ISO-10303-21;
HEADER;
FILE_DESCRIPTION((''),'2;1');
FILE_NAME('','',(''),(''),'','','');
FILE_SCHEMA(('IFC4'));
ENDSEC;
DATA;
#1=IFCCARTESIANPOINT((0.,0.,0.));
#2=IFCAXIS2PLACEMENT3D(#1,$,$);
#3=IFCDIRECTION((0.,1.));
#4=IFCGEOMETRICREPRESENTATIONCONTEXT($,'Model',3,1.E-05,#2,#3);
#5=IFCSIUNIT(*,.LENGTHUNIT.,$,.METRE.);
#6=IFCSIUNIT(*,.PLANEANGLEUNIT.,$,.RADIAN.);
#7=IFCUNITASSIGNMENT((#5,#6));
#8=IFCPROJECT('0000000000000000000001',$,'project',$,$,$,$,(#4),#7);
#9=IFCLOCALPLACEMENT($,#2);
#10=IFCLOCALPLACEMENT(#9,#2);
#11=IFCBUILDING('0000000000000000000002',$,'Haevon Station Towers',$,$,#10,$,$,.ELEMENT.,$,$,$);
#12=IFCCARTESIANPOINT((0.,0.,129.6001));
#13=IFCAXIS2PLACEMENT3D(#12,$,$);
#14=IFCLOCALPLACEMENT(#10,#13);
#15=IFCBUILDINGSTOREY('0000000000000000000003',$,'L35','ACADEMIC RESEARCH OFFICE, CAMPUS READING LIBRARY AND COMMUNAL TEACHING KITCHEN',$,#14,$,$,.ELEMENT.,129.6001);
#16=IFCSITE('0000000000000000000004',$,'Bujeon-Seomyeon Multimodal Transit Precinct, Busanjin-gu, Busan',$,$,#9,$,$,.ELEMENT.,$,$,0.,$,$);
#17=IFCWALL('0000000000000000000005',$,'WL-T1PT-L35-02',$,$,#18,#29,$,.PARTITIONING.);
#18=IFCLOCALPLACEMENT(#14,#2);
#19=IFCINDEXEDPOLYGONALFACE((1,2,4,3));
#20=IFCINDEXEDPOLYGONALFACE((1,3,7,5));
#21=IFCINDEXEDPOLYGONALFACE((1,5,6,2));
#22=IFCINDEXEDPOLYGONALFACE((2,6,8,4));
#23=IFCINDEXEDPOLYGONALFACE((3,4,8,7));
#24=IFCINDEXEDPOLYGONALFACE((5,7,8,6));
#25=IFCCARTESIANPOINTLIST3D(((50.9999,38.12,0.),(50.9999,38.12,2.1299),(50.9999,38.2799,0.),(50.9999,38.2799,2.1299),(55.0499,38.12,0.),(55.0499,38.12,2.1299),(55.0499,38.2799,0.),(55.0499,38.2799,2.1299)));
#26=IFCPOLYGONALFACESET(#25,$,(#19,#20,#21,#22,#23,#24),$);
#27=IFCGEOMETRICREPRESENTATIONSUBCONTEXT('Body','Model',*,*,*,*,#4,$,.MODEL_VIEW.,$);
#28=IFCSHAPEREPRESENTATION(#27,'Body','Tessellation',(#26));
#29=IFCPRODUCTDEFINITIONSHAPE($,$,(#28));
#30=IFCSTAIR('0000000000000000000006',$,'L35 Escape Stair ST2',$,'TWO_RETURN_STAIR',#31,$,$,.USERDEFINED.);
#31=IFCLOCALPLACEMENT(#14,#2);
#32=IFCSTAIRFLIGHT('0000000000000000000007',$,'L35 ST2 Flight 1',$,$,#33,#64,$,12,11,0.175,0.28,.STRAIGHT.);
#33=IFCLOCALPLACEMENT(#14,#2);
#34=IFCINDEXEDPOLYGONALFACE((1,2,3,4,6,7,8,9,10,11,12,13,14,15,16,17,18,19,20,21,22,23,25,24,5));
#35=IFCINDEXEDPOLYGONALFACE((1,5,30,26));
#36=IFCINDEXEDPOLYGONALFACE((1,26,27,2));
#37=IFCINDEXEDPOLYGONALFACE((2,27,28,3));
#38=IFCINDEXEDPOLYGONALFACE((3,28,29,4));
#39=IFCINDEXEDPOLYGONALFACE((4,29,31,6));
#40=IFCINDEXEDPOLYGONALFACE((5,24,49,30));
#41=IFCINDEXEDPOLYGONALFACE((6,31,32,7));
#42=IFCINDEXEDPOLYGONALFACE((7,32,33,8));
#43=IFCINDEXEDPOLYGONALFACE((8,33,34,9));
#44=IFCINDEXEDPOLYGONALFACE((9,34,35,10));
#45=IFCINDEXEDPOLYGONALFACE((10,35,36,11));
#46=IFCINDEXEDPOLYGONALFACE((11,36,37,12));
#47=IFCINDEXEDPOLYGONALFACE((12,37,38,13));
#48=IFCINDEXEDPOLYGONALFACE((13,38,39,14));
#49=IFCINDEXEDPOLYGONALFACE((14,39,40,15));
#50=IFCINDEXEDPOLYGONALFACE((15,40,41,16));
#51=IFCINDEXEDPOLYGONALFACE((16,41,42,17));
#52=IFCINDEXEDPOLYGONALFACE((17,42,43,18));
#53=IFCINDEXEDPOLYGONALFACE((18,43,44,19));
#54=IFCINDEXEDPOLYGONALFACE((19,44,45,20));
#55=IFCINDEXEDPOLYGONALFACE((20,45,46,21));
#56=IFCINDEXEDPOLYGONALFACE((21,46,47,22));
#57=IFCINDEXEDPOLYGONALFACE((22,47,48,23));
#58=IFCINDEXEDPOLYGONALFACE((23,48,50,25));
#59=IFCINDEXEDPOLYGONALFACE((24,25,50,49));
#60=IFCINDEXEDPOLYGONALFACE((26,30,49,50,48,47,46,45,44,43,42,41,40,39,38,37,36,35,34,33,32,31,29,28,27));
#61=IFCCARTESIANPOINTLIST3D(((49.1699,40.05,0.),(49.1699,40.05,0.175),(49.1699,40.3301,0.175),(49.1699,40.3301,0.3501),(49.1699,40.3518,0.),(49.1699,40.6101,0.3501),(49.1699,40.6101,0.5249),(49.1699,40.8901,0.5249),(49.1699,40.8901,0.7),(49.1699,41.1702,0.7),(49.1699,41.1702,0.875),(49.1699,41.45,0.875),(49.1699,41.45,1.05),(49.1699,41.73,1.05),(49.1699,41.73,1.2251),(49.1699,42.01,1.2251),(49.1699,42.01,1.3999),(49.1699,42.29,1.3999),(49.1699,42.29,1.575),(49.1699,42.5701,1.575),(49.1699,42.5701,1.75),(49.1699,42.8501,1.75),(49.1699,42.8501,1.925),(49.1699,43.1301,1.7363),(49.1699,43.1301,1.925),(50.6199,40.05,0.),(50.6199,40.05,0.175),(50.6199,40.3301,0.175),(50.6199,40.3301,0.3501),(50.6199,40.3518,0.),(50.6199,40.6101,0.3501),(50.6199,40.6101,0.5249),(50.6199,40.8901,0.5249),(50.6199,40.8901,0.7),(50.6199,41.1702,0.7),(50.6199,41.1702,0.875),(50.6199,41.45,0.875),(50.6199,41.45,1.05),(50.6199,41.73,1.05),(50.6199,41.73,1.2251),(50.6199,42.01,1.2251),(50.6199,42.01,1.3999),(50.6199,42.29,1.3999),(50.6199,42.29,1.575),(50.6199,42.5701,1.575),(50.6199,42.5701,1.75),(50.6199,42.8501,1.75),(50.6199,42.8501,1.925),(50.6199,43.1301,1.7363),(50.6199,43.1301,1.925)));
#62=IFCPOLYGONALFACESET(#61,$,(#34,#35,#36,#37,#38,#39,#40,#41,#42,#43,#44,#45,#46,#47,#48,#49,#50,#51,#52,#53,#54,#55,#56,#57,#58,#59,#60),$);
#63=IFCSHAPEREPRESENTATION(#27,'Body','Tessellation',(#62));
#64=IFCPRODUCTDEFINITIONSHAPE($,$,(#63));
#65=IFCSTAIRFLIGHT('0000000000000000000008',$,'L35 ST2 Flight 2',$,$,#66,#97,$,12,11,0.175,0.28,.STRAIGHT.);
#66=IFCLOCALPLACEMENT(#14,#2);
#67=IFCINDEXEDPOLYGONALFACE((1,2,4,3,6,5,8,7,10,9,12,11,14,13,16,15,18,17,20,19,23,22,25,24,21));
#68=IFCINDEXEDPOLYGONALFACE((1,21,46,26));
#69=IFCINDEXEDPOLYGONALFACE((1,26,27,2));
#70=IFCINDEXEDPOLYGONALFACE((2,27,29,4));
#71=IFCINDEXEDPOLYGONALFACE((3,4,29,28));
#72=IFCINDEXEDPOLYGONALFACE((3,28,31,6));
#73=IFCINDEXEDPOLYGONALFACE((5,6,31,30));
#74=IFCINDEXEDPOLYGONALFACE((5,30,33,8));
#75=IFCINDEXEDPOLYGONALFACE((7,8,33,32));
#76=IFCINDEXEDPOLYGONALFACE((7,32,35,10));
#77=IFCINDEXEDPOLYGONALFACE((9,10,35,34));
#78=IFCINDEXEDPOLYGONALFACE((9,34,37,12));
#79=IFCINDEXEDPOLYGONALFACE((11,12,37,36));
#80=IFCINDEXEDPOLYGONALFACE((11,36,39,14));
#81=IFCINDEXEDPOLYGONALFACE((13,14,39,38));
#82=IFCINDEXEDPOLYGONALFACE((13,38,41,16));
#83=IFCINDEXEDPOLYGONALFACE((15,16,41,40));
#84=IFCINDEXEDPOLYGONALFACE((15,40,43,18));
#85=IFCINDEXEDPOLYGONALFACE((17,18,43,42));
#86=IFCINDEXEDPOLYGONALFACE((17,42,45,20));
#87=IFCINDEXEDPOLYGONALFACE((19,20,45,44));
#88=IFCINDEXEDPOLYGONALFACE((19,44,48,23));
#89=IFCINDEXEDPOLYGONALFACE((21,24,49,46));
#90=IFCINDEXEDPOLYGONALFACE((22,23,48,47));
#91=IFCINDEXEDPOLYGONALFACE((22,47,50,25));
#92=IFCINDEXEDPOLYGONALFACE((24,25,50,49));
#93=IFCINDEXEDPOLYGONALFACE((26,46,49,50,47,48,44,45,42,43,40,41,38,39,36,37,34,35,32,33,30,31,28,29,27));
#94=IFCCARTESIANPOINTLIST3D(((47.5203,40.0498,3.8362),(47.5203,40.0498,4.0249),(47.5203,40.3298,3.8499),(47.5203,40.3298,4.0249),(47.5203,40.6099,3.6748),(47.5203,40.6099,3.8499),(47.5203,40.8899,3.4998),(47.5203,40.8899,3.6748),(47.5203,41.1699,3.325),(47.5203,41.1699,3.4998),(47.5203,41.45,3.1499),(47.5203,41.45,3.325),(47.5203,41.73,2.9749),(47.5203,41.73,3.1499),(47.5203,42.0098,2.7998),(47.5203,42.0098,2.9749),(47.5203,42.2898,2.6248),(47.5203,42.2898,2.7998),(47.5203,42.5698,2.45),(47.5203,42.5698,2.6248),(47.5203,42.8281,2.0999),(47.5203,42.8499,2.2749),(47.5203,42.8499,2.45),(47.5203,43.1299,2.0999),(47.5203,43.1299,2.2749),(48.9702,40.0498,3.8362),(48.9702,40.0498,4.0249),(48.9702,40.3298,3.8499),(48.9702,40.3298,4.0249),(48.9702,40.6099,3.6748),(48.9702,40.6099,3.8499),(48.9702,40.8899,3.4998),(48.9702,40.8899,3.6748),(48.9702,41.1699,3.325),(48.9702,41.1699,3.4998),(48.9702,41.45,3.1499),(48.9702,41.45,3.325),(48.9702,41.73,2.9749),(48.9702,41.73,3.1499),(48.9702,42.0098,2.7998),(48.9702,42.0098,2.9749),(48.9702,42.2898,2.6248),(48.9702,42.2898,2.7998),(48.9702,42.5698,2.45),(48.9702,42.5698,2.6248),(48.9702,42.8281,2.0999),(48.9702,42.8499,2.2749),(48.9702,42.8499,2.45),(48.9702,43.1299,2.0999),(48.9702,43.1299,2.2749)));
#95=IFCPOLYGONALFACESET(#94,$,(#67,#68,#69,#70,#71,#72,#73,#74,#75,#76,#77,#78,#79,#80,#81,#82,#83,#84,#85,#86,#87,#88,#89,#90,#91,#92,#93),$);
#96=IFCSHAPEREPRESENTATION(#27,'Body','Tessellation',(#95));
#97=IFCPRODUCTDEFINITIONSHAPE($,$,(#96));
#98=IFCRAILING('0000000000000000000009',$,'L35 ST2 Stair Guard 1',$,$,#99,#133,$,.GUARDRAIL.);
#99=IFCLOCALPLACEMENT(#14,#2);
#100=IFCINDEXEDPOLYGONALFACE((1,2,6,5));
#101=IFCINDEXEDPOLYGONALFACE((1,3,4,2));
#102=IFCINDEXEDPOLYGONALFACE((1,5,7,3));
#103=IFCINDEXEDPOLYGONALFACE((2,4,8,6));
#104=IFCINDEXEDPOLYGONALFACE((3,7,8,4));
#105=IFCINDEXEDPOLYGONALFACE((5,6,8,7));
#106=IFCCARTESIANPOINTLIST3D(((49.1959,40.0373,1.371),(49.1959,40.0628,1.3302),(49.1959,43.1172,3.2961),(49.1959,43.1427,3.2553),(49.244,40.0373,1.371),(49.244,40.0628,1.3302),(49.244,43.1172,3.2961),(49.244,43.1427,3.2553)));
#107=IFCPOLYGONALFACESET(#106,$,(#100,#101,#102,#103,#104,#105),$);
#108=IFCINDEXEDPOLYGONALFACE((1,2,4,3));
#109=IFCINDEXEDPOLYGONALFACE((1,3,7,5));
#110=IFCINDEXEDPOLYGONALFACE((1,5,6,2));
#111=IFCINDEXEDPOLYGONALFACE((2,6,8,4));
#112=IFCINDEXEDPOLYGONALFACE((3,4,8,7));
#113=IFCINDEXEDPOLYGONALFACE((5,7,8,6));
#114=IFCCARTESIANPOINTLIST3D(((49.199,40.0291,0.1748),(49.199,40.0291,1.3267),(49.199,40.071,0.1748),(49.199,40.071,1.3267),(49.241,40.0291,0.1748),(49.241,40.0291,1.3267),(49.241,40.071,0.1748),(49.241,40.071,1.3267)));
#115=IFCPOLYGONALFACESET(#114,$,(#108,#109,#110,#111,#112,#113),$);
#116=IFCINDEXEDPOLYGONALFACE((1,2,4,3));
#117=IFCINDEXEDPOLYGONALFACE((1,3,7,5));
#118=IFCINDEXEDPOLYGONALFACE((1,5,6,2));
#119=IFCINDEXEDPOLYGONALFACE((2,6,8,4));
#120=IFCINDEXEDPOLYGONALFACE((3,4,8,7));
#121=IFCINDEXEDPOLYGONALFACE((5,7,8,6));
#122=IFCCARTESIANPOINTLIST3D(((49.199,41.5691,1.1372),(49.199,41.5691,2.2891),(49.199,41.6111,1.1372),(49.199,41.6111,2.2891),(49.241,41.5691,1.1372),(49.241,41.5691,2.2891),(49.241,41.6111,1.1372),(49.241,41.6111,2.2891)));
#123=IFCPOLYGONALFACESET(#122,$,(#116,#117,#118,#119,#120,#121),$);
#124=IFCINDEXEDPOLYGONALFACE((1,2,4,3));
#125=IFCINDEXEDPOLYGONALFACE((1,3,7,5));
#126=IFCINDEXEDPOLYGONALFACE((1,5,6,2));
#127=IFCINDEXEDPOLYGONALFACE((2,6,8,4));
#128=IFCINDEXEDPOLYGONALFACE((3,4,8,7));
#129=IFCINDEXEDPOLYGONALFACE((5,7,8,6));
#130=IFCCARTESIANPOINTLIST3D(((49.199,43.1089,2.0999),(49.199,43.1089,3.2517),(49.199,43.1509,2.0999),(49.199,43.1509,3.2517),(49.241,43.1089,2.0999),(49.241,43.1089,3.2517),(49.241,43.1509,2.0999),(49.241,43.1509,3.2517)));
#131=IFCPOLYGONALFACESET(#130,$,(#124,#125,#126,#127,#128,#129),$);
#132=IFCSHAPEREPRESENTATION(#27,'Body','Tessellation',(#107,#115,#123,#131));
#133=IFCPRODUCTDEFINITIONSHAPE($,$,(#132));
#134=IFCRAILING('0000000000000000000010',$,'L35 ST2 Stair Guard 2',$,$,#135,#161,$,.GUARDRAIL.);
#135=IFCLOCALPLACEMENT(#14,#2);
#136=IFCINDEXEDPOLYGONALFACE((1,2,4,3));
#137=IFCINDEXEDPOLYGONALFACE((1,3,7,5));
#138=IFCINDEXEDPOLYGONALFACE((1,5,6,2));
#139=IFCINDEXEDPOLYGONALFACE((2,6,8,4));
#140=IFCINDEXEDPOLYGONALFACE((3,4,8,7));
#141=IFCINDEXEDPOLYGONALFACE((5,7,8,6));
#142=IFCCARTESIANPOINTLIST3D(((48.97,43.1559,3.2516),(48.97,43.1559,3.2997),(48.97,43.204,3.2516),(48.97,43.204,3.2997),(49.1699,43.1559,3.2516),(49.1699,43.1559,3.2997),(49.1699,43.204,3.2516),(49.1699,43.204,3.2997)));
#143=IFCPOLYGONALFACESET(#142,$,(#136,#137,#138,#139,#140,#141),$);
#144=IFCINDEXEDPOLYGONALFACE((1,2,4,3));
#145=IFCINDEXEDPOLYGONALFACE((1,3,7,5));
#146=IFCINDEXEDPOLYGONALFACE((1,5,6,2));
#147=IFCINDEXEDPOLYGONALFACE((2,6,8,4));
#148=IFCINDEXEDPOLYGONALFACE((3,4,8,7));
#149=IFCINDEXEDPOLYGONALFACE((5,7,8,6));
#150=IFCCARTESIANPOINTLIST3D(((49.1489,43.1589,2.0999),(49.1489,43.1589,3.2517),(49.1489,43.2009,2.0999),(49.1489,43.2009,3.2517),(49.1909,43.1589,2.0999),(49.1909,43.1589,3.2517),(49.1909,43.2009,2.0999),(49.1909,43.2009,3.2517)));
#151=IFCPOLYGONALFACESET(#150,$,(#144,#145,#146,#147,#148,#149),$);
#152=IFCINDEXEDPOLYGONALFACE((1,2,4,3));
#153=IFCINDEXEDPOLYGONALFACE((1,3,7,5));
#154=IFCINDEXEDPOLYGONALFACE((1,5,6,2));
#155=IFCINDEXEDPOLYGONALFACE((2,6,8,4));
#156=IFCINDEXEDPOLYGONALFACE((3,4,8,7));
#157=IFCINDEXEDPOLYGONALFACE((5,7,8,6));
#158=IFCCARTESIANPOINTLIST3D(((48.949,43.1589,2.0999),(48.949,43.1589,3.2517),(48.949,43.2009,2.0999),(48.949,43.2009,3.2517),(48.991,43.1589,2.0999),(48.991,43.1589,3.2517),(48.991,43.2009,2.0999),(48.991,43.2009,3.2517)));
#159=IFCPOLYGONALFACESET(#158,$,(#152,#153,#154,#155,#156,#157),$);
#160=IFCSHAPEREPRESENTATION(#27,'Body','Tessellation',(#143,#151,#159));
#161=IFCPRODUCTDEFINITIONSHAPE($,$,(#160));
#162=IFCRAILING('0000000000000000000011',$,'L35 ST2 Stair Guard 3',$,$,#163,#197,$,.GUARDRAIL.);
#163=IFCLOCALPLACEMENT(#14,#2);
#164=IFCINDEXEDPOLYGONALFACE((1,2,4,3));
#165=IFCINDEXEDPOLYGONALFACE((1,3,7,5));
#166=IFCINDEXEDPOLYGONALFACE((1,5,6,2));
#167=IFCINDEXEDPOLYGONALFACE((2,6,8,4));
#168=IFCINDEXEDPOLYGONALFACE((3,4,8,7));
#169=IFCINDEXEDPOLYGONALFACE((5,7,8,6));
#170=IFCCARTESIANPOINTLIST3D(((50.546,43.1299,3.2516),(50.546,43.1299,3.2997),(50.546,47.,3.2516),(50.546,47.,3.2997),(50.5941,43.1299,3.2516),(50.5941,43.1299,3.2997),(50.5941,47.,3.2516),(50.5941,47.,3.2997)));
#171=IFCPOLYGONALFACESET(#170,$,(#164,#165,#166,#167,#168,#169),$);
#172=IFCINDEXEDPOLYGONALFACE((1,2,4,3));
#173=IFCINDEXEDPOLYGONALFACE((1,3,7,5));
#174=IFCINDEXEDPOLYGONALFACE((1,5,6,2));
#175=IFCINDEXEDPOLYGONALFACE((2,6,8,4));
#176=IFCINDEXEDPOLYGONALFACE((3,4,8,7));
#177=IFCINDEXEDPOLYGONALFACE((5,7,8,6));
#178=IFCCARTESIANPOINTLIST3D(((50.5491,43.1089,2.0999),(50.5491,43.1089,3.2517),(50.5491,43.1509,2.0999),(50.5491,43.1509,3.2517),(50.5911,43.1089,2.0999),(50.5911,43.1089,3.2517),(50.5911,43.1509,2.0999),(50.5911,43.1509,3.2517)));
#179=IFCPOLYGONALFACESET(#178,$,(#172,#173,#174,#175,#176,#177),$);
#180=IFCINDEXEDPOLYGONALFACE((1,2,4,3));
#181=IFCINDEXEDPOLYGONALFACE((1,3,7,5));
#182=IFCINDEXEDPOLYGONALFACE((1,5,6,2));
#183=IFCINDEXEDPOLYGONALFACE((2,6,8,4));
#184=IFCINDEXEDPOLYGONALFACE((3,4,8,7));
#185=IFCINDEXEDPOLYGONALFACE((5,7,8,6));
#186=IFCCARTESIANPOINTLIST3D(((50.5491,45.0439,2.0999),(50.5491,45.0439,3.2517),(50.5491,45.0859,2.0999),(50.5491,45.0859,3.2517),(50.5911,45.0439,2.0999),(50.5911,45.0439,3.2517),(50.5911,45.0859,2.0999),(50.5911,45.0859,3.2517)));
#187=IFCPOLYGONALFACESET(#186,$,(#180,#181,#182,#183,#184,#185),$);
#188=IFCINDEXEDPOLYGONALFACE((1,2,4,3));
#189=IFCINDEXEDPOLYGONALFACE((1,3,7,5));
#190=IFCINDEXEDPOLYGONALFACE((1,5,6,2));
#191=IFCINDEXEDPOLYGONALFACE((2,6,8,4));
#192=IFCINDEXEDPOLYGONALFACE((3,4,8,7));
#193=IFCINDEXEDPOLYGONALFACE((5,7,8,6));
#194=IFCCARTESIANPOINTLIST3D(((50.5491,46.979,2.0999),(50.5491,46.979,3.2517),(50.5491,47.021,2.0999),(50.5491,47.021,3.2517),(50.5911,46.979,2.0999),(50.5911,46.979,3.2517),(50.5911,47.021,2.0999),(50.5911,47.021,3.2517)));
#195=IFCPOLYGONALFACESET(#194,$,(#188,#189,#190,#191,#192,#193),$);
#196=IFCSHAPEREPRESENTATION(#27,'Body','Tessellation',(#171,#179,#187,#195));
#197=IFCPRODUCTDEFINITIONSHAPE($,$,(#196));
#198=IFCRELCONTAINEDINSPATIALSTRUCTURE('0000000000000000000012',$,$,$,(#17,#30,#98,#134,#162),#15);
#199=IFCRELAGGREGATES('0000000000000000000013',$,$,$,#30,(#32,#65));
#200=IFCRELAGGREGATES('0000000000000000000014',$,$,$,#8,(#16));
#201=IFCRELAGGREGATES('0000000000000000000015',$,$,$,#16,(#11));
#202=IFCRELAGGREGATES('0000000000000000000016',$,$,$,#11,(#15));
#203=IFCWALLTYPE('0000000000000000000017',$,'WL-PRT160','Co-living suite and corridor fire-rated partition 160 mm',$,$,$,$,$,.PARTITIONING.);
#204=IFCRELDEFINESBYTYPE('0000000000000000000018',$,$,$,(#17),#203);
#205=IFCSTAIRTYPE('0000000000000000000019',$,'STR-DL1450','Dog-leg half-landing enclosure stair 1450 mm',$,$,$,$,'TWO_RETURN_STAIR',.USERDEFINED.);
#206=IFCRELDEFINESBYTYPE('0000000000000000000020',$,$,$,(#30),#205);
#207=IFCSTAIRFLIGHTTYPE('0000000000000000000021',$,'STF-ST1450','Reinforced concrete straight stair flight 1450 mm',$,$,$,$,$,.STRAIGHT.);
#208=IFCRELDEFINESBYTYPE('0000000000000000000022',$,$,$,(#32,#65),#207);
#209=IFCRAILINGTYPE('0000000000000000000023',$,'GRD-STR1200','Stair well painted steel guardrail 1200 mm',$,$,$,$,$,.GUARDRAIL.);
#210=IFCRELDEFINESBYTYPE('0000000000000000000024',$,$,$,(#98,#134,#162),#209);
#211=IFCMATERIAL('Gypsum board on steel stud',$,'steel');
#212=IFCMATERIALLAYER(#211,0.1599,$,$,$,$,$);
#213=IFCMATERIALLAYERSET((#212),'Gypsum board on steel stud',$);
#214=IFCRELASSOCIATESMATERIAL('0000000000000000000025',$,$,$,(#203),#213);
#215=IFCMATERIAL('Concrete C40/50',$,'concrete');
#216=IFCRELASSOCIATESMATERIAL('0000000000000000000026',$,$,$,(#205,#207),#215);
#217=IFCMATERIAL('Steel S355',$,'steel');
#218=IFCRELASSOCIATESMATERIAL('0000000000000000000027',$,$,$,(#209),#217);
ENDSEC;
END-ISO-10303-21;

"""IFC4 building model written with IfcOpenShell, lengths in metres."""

from ifc_helpers import new_model, si_unit, direction, frame, frame_2d, origin, origin_2d, place, context, subcontext, project, spatial, polyline, rectangle, outline, extrude, material, layer, layer_set, type_object, element, aggregate, save


model = new_model("IFC4")

# Units and contexts
model_context = context("Model", 3, precision=1e-05, world=origin(), true_north=direction((0.0, 1.0)))
body_context = subcontext(model_context, "Body", "Model", "MODEL_VIEW")
ifc_project = project(units=[si_unit("LENGTHUNIT", "METRE"), si_unit("PLANEANGLEUNIT", "RADIAN")], contexts=[model_context])

# Site, building, storey
site_placement = place(None, origin())
site = spatial("IfcSite", under=ifc_project, at=site_placement, Name="Bujeon-Seomyeon Multimodal Transit Precinct, Busanjin-gu, Busan", CompositionType="ELEMENT", RefElevation=0.0)
building_placement = place(site_placement, origin())
building = spatial("IfcBuilding", under=site, at=building_placement, Name="Haevon Station Towers", CompositionType="ELEMENT")
storey_placement = place(building_placement, frame((0.0, 0.0, 129.6001)))
storey = spatial("IfcBuildingStorey", under=building, at=storey_placement, Name="L35", Description="ACADEMIC RESEARCH OFFICE, CAMPUS READING LIBRARY AND COMMUNAL TEACHING KITCHEN", CompositionType="ELEMENT", Elevation=129.6001)

# Shared definitions
ifc_material_1 = material(Name="Steel S355", Category="steel")

# Wall
ifc_material_2 = material(Name="Gypsum board on steel stud", Category="steel")
ifc_layer = layer(ifc_material_2, 0.1599)
ifc_layer_set = layer_set([ifc_layer], Name="Gypsum board on steel stud")
wall_type = type_object("IfcWallType", Name="WL-PRT160", Description="Co-living suite and corridor fire-rated partition 160 mm", PredefinedType="PARTITIONING", material=ifc_layer_set)
wall_placement = place(storey_placement, frame((51.0, 38.2, 0.0), z_axis=(0.0, 0.0, 1.0), x_axis=(1.0, 0.0, 0.0)))
element("IfcWall", 1, at=wall_placement, inside=storey, type_object=wall_type, Name="WL-T1PT-L35-02", PredefinedType="PARTITIONING", context=body_context, shape_type="SweptSolid", body=[
    extrude(rectangle(XDim=4.05, YDim=0.1599, at=frame_2d((2.0249, 0.0))), origin(), (0.0, 0.0, 1.0), 2.1299),
])

# Stair, stair flights
ifc_material_3 = material(Name="Concrete C40/50", Category="concrete")
stair_type = type_object("IfcStairType", Name="STR-DL1450", Description="Dog-leg half-landing enclosure stair 1450 mm", ElementType="TWO_RETURN_STAIR", PredefinedType="USERDEFINED", material=ifc_material_3)
stair_placement = place(storey_placement, origin())
stair = element("IfcStair", 2, at=stair_placement, inside=storey, type_object=stair_type, Name="L35 Escape Stair ST2", ObjectType="TWO_RETURN_STAIR", PredefinedType="USERDEFINED")
stair_flight_type = type_object("IfcStairFlightType", Name="STF-ST1450", Description="Reinforced concrete straight stair flight 1450 mm", PredefinedType="STRAIGHT", material=ifc_material_3)
stair_flight_1_placement = place(storey_placement, frame((49.895, 40.05, 0.0), z_axis=(0.0, 0.0, 1.0), x_axis=(0.0, 1.0, 0.0)))
stair_flight_1 = element("IfcStairFlight", 3, at=stair_flight_1_placement, type_object=stair_flight_type, Name="L35 ST2 Flight 1", NumberOfRisers=12, NumberOfTreads=11, PredefinedType="STRAIGHT", RiserHeight=0.175, TreadLength=0.28, context=body_context, shape_type="SweptSolid", body=[
    extrude(outline(polyline([(0.0, 0.0), (0.0, 0.175), (0.28, 0.175), (0.28, 0.3501), (0.5601, 0.3501), (0.5601, 0.5249), (0.8401, 0.5249), (0.8401, 0.7), (1.1201, 0.7), (1.1201, 0.875), (1.3999, 0.875), (1.3999, 1.05), (1.6799, 1.05), (1.6799, 1.2251), (1.96, 1.2251), (1.96, 1.3999), (2.24, 1.3999), (2.24, 1.575), (2.52, 1.575), (2.52, 1.75), (2.8, 1.75), (2.8, 1.925), (3.0801, 1.925), (3.0801, 2.1001), (3.0801, 1.7363), (0.3018, 0.0), (0.0, 0.0)])), frame((0.0, 0.7251, 0.0), z_axis=(0.0, -1.0, 0.0), x_axis=(1.0, 0.0, 0.0)), (0.0, 0.0, 1.0), 1.45),
])
stair_flight_2_placement = place(storey_placement, frame((48.2451, 43.1299, 2.0999), z_axis=(0.0, 0.0, 1.0), x_axis=(0.0, -1.0, 0.0)))
stair_flight_2 = element("IfcStairFlight", 4, at=stair_flight_2_placement, type_object=stair_flight_type, Name="L35 ST2 Flight 2", NumberOfRisers=12, NumberOfTreads=11, PredefinedType="STRAIGHT", RiserHeight=0.175, TreadLength=0.28, context=body_context, shape_type="SweptSolid", body=[
    extrude(outline(polyline([(0.0, 0.0), (0.0, 0.175), (0.28, 0.175), (0.28, 0.3501), (0.5601, 0.3501), (0.5601, 0.5249), (0.8401, 0.5249), (0.8401, 0.7), (1.1201, 0.7), (1.1201, 0.875), (1.3999, 0.875), (1.3999, 1.05), (1.6799, 1.05), (1.6799, 1.2251), (1.96, 1.2251), (1.96, 1.3999), (2.24, 1.3999), (2.24, 1.575), (2.52, 1.575), (2.52, 1.75), (2.8, 1.75), (2.8, 1.925), (3.0801, 1.925), (3.0801, 2.1001), (3.0801, 1.7363), (0.3018, 0.0), (0.0, 0.0)])), frame((0.0, 0.7251, 0.0), z_axis=(0.0, -1.0, 0.0), x_axis=(1.0, 0.0, 0.0)), (0.0, 0.0, 1.0), 1.45),
])
aggregate(stair, [stair_flight_1, stair_flight_2])

# Railings
railing_type_1 = type_object("IfcRailingType", Name="GRD-STR1200", Description="Stair well painted steel guardrail 1200 mm", PredefinedType="GUARDRAIL", material=ifc_material_1)
railing_1_placement = place(storey_placement, frame((49.22, 40.05, 0.1748)))
element("IfcRailing", 5, at=railing_1_placement, inside=storey, type_object=railing_type_1, Name="L35 ST2 Stair Guard 1", PredefinedType="GUARDRAIL", context=body_context, shape_type="SweptSolid", body=[
    extrude(rectangle(XDim=0.0481, YDim=0.0481, at=origin_2d()), frame((0.0, 0.0, 1.1758), z_axis=(0.0, 0.847979, 0.530029), x_axis=(-1.0, 0.0, 0.0)), (0.0, 0.0, 1.0), 3.6321),
    extrude(rectangle(XDim=0.042, YDim=0.042, at=origin_2d()), origin(), (0.0, 0.0, 1.0), 1.1519),
    extrude(rectangle(XDim=0.042, YDim=0.042, at=origin_2d()), frame((0.0, 1.54, 0.9624)), (0.0, 0.0, 1.0), 1.1519),
    extrude(rectangle(XDim=0.042, YDim=0.042, at=origin_2d()), frame((0.0, 3.0798, 1.925)), (0.0, 0.0, 1.0), 1.1519),
])
railing_2_placement = place(storey_placement, frame((49.1699, 43.1799, 2.0999)))
element("IfcRailing", 6, at=railing_2_placement, inside=storey, type_object=railing_type_1, Name="L35 ST2 Stair Guard 2", PredefinedType="GUARDRAIL", context=body_context, shape_type="SweptSolid", body=[
    extrude(rectangle(XDim=0.0481, YDim=0.0481, at=origin_2d()), frame((0.0, 0.0, 1.1758), z_axis=(-1.0, 0.0, 0.0), x_axis=(0.0, -1.0, 0.0)), (0.0, 0.0, 1.0), 0.2),
    extrude(rectangle(XDim=0.042, YDim=0.042, at=origin_2d()), origin(), (0.0, 0.0, 1.0), 1.1519),
    extrude(rectangle(XDim=0.042, YDim=0.042, at=origin_2d()), frame((-0.2, 0.0, 0.0)), (0.0, 0.0, 1.0), 1.1519),
])
for number, where, name in (
    (7, (50.5701, 43.1299, 2.0999), "L35 ST2 Stair Guard 3"),
):
    element("IfcRailing", number, at=place(storey_placement, frame(where)), inside=storey, type_object=railing_type_1, Name=name, PredefinedType="GUARDRAIL", context=body_context, shape_type="SweptSolid", body=[
        extrude(rectangle(XDim=0.0481, YDim=0.0481, at=origin_2d()), frame((0.0, 0.0, 1.1758), z_axis=(0.0, 1.0, 0.0), x_axis=(-1.0, 0.0, 0.0)), (0.0, 0.0, 1.0), 3.8701),
        extrude(rectangle(XDim=0.042, YDim=0.042, at=origin_2d()), origin(), (0.0, 0.0, 1.0), 1.1519),
        extrude(rectangle(XDim=0.042, YDim=0.042, at=origin_2d()), frame((0.0, 1.9351, 0.0)), (0.0, 0.0, 1.0), 1.1519),
        extrude(rectangle(XDim=0.042, YDim=0.042, at=origin_2d()), frame((0.0, 3.8701, 0.0)), (0.0, 0.0, 1.0), 1.1519),
    ])

save(model, "model.ifc")
